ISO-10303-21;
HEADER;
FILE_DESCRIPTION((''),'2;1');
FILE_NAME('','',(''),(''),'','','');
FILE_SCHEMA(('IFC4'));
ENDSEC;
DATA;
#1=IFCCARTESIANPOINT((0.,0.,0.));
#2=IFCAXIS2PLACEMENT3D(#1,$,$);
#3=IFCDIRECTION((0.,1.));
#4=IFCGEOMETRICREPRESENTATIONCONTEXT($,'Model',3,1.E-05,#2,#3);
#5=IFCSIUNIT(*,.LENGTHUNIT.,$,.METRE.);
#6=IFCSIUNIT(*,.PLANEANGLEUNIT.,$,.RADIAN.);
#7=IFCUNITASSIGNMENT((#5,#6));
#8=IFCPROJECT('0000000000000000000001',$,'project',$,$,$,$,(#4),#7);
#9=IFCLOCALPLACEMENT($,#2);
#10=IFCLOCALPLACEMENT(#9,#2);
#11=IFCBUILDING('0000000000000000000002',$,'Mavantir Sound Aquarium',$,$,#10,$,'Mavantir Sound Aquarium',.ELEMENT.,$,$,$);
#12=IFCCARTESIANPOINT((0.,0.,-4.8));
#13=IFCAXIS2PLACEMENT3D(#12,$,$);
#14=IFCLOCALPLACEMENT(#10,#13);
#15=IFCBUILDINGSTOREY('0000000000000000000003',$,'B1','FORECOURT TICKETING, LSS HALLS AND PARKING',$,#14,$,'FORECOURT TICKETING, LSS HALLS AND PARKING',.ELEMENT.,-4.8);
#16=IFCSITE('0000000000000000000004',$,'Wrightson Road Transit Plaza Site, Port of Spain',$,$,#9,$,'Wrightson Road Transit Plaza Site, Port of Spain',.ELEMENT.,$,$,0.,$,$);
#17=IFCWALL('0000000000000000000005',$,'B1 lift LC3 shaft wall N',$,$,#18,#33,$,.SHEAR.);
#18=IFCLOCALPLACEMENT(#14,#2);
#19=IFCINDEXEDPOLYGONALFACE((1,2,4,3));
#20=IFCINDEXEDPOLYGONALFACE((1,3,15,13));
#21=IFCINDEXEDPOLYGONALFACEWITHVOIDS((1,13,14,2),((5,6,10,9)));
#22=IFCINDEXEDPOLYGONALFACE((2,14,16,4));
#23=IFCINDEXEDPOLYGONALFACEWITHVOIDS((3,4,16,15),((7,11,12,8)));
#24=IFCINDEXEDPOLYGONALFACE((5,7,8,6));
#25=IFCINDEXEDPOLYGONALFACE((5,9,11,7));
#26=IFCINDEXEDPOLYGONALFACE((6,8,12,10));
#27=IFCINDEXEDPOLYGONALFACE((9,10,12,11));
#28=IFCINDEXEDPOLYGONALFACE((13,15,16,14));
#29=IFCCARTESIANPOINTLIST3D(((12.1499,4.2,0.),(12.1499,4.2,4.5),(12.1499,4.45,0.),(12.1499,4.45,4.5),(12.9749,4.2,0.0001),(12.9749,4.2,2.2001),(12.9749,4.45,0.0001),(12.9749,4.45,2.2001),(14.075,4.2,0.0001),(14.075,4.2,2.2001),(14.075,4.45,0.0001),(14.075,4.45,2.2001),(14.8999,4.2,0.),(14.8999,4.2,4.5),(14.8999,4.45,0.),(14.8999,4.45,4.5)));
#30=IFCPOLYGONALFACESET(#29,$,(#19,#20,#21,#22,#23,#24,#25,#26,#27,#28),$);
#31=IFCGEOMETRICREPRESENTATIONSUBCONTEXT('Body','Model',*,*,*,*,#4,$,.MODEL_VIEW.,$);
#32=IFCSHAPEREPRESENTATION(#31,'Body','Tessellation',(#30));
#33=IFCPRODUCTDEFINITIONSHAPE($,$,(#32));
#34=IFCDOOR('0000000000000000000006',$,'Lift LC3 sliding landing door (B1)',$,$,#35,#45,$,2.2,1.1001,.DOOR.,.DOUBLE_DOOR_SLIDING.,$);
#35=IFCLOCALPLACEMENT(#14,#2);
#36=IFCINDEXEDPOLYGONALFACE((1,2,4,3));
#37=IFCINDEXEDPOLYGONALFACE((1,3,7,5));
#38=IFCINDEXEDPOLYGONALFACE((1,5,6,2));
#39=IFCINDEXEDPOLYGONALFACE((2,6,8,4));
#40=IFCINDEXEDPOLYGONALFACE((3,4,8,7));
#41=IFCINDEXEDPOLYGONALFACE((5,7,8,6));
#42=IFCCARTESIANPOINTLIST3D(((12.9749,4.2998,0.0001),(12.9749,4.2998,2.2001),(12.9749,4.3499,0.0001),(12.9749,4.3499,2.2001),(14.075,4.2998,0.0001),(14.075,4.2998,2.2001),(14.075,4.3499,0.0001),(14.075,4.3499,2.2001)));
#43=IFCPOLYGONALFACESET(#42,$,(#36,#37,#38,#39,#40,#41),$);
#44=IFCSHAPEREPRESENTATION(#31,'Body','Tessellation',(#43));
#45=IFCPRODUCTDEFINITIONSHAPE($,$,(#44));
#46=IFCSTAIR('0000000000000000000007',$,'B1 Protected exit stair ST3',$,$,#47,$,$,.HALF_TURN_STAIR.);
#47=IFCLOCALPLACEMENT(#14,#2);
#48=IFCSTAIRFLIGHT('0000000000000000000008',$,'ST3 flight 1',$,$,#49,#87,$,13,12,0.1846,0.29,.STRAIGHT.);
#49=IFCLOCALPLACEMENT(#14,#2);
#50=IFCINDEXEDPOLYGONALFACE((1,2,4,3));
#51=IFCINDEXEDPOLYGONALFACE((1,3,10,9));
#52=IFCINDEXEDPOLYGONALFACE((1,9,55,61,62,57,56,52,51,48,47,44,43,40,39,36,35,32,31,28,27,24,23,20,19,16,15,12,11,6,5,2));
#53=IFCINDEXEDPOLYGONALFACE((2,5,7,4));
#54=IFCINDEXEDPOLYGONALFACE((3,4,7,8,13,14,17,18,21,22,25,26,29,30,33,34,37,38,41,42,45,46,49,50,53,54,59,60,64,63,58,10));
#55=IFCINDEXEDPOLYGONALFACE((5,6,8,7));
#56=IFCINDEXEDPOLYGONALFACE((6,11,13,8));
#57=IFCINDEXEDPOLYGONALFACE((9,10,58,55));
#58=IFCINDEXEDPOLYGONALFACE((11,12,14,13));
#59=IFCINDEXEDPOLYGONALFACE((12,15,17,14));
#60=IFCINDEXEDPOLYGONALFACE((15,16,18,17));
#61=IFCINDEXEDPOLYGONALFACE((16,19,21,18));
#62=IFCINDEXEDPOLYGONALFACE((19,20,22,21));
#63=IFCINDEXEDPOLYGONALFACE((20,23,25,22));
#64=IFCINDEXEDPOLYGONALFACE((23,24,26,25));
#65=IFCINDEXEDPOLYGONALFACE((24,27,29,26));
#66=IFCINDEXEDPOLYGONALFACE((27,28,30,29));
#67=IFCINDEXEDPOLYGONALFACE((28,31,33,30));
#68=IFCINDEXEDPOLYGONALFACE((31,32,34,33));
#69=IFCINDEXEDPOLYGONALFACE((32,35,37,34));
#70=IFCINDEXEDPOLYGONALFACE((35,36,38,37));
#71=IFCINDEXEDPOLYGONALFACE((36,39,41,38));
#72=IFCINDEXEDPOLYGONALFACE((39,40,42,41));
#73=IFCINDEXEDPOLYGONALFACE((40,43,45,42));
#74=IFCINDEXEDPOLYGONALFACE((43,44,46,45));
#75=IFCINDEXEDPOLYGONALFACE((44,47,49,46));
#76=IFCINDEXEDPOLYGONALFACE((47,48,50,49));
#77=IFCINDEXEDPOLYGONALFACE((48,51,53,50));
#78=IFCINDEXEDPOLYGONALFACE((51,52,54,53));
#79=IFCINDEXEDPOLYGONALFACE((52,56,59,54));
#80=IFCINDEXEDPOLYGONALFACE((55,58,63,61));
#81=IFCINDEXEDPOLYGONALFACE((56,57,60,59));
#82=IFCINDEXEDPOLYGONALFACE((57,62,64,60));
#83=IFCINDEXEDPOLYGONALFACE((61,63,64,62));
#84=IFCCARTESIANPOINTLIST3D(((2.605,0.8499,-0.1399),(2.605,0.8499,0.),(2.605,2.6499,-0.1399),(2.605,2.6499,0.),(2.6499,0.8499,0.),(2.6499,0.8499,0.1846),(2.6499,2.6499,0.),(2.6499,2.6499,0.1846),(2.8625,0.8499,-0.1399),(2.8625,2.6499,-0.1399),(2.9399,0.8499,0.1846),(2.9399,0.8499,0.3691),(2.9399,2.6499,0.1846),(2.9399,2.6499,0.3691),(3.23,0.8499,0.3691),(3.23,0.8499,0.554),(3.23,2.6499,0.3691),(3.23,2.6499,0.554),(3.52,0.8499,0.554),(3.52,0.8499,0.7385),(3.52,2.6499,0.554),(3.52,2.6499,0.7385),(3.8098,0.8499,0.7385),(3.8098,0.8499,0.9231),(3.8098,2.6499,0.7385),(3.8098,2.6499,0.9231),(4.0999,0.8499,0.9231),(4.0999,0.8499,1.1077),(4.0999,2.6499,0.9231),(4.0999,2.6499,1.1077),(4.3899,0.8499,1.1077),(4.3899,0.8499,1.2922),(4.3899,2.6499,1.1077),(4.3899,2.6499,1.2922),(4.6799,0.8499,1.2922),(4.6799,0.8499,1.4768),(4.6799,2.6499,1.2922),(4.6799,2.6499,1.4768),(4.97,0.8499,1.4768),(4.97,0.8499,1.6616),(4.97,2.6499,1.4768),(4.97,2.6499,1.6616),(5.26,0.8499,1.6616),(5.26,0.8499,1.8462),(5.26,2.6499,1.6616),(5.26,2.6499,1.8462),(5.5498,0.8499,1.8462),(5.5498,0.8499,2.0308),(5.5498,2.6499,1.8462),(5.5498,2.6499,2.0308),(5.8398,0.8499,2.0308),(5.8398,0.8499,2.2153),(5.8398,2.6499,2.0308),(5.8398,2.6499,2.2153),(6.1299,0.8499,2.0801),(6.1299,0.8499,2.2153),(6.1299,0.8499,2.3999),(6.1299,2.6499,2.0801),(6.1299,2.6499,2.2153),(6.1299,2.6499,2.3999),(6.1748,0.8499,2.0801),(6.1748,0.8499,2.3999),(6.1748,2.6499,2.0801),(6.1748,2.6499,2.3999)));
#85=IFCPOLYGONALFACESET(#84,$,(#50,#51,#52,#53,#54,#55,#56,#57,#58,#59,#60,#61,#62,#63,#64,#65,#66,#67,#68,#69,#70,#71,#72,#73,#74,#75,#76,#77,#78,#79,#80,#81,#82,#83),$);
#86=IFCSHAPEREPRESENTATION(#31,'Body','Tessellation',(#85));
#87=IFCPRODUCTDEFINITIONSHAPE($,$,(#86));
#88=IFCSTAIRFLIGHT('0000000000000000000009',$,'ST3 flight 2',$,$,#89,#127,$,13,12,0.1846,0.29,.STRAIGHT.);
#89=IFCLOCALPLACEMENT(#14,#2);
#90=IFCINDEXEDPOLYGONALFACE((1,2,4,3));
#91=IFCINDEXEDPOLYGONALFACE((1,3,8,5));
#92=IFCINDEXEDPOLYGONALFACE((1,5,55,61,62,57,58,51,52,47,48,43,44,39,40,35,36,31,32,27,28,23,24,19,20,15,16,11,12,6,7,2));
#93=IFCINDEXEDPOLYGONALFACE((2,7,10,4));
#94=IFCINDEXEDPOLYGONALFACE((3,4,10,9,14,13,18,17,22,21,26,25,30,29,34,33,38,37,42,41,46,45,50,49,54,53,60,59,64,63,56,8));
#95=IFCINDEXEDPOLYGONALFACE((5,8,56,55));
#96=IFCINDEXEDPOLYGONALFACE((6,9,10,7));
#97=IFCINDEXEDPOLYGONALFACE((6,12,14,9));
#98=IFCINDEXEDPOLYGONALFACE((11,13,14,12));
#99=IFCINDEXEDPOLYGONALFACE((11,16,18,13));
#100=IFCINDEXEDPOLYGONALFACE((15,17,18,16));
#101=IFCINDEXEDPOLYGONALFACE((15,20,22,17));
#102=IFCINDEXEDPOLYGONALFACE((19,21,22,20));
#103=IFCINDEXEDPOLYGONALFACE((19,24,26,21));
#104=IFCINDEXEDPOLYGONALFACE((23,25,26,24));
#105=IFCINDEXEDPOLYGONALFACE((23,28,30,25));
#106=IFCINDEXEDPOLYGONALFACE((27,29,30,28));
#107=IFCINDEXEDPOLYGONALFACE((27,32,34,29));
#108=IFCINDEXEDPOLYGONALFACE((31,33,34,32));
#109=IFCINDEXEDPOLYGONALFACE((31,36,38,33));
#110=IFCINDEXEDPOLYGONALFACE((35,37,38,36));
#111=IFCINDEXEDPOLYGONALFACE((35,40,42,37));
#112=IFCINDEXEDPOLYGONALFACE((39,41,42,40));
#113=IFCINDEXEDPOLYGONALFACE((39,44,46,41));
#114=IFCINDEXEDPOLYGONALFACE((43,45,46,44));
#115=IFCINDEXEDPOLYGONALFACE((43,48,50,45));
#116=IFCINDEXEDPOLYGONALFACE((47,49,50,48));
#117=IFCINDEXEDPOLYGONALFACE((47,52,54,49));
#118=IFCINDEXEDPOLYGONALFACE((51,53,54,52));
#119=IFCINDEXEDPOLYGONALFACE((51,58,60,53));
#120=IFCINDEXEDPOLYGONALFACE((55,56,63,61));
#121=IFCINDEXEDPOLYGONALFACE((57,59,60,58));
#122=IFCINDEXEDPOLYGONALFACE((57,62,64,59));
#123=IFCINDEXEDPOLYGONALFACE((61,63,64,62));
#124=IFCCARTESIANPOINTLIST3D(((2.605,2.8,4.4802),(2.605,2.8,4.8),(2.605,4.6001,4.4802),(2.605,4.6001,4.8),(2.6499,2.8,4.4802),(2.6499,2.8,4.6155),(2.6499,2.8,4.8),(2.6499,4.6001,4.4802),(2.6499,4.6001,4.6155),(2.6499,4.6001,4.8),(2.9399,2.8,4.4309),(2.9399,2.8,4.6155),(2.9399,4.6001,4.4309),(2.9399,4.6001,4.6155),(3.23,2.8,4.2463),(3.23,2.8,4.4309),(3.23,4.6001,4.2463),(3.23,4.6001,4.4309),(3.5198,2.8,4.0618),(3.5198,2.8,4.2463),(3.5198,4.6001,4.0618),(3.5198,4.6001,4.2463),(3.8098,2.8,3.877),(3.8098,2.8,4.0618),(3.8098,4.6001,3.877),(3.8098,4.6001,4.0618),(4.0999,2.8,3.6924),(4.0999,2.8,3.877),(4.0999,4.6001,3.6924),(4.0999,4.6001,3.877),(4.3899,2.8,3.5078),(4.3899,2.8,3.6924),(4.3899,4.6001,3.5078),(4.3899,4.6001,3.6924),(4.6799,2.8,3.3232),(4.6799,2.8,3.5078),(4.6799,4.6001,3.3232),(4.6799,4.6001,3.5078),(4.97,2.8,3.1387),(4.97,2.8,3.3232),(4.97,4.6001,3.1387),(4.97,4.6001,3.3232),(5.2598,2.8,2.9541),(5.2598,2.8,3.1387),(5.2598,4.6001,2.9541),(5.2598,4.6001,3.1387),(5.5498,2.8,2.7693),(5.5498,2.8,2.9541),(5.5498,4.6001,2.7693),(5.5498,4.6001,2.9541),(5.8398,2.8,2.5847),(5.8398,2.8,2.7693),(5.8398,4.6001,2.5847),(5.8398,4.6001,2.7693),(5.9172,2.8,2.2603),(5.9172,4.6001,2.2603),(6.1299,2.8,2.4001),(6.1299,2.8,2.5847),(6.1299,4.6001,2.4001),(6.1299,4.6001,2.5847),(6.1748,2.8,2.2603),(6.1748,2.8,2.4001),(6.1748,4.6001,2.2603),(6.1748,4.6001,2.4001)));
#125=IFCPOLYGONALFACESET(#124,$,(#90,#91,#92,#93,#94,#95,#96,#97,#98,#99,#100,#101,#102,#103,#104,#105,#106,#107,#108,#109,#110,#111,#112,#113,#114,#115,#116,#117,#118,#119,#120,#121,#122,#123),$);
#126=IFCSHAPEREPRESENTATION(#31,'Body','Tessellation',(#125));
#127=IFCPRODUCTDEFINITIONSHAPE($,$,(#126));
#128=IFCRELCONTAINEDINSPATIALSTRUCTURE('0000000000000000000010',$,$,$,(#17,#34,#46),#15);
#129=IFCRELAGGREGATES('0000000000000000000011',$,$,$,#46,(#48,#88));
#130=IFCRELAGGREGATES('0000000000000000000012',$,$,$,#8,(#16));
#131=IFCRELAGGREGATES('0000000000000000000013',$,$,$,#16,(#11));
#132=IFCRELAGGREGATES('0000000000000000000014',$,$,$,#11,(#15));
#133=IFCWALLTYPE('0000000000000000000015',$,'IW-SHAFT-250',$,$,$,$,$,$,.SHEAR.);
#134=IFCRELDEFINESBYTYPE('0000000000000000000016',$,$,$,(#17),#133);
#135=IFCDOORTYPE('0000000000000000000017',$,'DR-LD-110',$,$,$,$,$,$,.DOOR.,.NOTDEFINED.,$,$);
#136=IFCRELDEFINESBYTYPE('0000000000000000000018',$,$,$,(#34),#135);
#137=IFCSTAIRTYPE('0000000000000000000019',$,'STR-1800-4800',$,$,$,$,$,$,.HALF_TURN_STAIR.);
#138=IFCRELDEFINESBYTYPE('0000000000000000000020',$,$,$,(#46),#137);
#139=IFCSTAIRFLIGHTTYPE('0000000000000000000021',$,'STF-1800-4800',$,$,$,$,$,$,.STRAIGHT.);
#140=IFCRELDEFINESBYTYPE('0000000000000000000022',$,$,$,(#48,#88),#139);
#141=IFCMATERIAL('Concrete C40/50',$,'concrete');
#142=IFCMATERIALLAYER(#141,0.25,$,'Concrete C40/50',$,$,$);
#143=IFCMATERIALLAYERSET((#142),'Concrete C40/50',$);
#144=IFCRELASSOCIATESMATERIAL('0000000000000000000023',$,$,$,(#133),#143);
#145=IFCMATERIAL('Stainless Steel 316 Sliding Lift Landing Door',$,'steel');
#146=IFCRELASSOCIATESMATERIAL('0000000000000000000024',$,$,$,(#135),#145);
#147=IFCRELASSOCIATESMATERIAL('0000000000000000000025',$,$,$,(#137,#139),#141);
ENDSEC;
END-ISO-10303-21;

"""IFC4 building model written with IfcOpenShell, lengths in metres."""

from ifc_helpers import new_model, si_unit, direction, frame, frame_2d, origin, place, context, subcontext, project, spatial, polyline, rectangle, outline, extrude, material, layer, layer_set, type_object, element, fill, aggregate, save


model = new_model("IFC4")

# Units and contexts
model_context = context("Model", 3, precision=1e-05, world=origin(), true_north=direction((0.0, 1.0)))
body_context = subcontext(model_context, "Body", "Model", "MODEL_VIEW")
ifc_project = project(units=[si_unit("LENGTHUNIT", "METRE"), si_unit("PLANEANGLEUNIT", "RADIAN")], contexts=[model_context])

# Site, building, storey
site_placement = place(None, origin())
site = spatial("IfcSite", under=ifc_project, at=site_placement, Name="Wrightson Road Transit Plaza Site, Port of Spain", LongName="Wrightson Road Transit Plaza Site, Port of Spain", CompositionType="ELEMENT", RefElevation=0.0)
building_placement = place(site_placement, origin())
building = spatial("IfcBuilding", under=site, at=building_placement, Name="Mavantir Sound Aquarium", LongName="Mavantir Sound Aquarium", CompositionType="ELEMENT")
storey_placement = place(building_placement, frame((0.0, 0.0, -4.8)))
storey = spatial("IfcBuildingStorey", under=building, at=storey_placement, Name="B1", Description="FORECOURT TICKETING, LSS HALLS AND PARKING", LongName="FORECOURT TICKETING, LSS HALLS AND PARKING", CompositionType="ELEMENT", Elevation=-4.8)

# Shared definitions
ifc_material_1 = material(Name="Concrete C40/50", Category="concrete")

# Shared definitions
ifc_layer_1 = layer(ifc_material_1, 0.25, Name="Concrete C40/50")
ifc_layer_set_1 = layer_set([ifc_layer_1], Name="Concrete C40/50")
wall_type_1 = type_object("IfcWallType", Name="IW-SHAFT-250", PredefinedType="SHEAR", material=ifc_layer_set_1)

# Wall, opening, door
wall_1_placement = place(storey_placement, frame((12.1499, 4.325, 0.0), z_axis=(0.0, 0.0, 1.0), x_axis=(1.0, 0.0, 0.0)))
wall_1 = element("IfcWall", 1, at=wall_1_placement, inside=storey, type_object=wall_type_1, Name="B1 lift LC3 shaft wall N", PredefinedType="SHEAR", context=body_context, shape_type="SweptSolid", body=[
    extrude(rectangle(XDim=2.75, YDim=0.25, at=frame_2d((1.375, 0.0))), origin(), (0.0, 0.0, 1.0), 4.5),
])
opening_1_placement = place(wall_1_placement, frame((0.825, 0.0, 0.0)))
opening_1 = element("IfcOpeningElement", 2, at=opening_1_placement, cuts=wall_1, PredefinedType="OPENING", context=body_context, shape_type="SweptSolid", body=[
    extrude(rectangle(XDim=1.1001, YDim=2.2, at=frame_2d((0.55, 1.1001))), frame((0.0, 0.135, 0.0), z_axis=(0.0, -1.0, 0.0), x_axis=(1.0, 0.0, 0.0)), (0.0, 0.0, 1.0), 0.27),
])
ifc_material_2 = material(Name="Stainless Steel 316 Sliding Lift Landing Door", Category="steel")
door_type_1 = type_object("IfcDoorType", Name="DR-LD-110", OperationType="NOTDEFINED", PredefinedType="DOOR", material=ifc_material_2)
door_1_placement = place(opening_1_placement, origin())
door_1 = element("IfcDoor", 3, at=door_1_placement, inside=storey, type_object=door_type_1, Name="Lift LC3 sliding landing door (B1)", OperationType="DOUBLE_DOOR_SLIDING", OverallHeight=2.2, OverallWidth=1.1001, PredefinedType="DOOR", context=body_context, shape_type="SweptSolid", body=[
    extrude(rectangle(XDim=1.1001, YDim=2.2, at=frame_2d((0.55, 1.1001))), frame((0.0, 0.0249, 0.0), z_axis=(0.0, -1.0, 0.0), x_axis=(1.0, 0.0, 0.0)), (0.0, 0.0, 1.0), 0.05),
])
fill(opening_1, door_1)

# Stair, stair flights
stair_type = type_object("IfcStairType", Name="STR-1800-4800", PredefinedType="HALF_TURN_STAIR", material=ifc_material_1)
stair_placement = place(storey_placement, origin())
stair = element("IfcStair", 4, at=stair_placement, inside=storey, type_object=stair_type, Name="B1 Protected exit stair ST3", PredefinedType="HALF_TURN_STAIR")
stair_flight_type = type_object("IfcStairFlightType", Name="STF-1800-4800", PredefinedType="STRAIGHT", material=ifc_material_1)
stair_flight_1_placement = place(storey_placement, frame((2.6499, 1.75, 0.0), z_axis=(0.0, 0.0, 1.0), x_axis=(1.0, 0.0, 0.0)))
stair_flight_1 = element("IfcStairFlight", 5, at=stair_flight_1_placement, type_object=stair_flight_type, Name="ST3 flight 1", NumberOfRisers=13, NumberOfTreads=12, PredefinedType="STRAIGHT", RiserHeight=0.1846, TreadLength=0.29, context=body_context, shape_type="SweptSolid", body=[
    extrude(outline(polyline([(-0.0449, -0.1399), (-0.0449, 0.0), (0.0, 0.0), (0.0, 0.1846), (0.29, 0.1846), (0.29, 0.3691), (0.5801, 0.3691), (0.5801, 0.554), (0.8701, 0.554), (0.8701, 0.7385), (1.1599, 0.7385), (1.1599, 0.9231), (1.45, 0.9231), (1.45, 1.1077), (1.74, 1.1077), (1.74, 1.2922), (2.03, 1.2922), (2.03, 1.4768), (2.3201, 1.4768), (2.3201, 1.6616), (2.6101, 1.6616), (2.6101, 1.8462), (2.8999, 1.8462), (2.8999, 2.0308), (3.1899, 2.0308), (3.1899, 2.2153), (3.48, 2.2153), (3.48, 2.3999), (3.5249, 2.3999), (3.5249, 2.0801), (3.48, 2.0801), (0.2126, -0.1399), (-0.0449, -0.1399)])), frame((0.0, 0.8999, 0.0), z_axis=(0.0, -1.0, 0.0), x_axis=(1.0, 0.0, 0.0)), (0.0, 0.0, 1.0), 1.8),
])
stair_flight_2_placement = place(storey_placement, frame((6.1299, 3.7, 2.4001), z_axis=(0.0, 0.0, 1.0), x_axis=(-1.0, 0.0, 0.0)))
stair_flight_2 = element("IfcStairFlight", 6, at=stair_flight_2_placement, type_object=stair_flight_type, Name="ST3 flight 2", NumberOfRisers=13, NumberOfTreads=12, PredefinedType="STRAIGHT", RiserHeight=0.1846, TreadLength=0.29, context=body_context, shape_type="SweptSolid", body=[
    extrude(outline(polyline([(-0.0449, -0.1399), (-0.0449, 0.0), (0.0, 0.0), (0.0, 0.1846), (0.29, 0.1846), (0.29, 0.3691), (0.5801, 0.3691), (0.5801, 0.554), (0.8701, 0.554), (0.8701, 0.7385), (1.1599, 0.7385), (1.1599, 0.9231), (1.45, 0.9231), (1.45, 1.1077), (1.74, 1.1077), (1.74, 1.2922), (2.03, 1.2922), (2.03, 1.4768), (2.3201, 1.4768), (2.3201, 1.6616), (2.6101, 1.6616), (2.6101, 1.8462), (2.8999, 1.8462), (2.8999, 2.0308), (3.1899, 2.0308), (3.1899, 2.2153), (3.48, 2.2153), (3.48, 2.3999), (3.5249, 2.3999), (3.5249, 2.0801), (3.48, 2.0801), (0.2126, -0.1399), (-0.0449, -0.1399)])), frame((0.0, 0.8999, 0.0), z_axis=(0.0, -1.0, 0.0), x_axis=(1.0, 0.0, 0.0)), (0.0, 0.0, 1.0), 1.8),
])
aggregate(stair, [stair_flight_1, stair_flight_2])

save(model, "model.ifc")
